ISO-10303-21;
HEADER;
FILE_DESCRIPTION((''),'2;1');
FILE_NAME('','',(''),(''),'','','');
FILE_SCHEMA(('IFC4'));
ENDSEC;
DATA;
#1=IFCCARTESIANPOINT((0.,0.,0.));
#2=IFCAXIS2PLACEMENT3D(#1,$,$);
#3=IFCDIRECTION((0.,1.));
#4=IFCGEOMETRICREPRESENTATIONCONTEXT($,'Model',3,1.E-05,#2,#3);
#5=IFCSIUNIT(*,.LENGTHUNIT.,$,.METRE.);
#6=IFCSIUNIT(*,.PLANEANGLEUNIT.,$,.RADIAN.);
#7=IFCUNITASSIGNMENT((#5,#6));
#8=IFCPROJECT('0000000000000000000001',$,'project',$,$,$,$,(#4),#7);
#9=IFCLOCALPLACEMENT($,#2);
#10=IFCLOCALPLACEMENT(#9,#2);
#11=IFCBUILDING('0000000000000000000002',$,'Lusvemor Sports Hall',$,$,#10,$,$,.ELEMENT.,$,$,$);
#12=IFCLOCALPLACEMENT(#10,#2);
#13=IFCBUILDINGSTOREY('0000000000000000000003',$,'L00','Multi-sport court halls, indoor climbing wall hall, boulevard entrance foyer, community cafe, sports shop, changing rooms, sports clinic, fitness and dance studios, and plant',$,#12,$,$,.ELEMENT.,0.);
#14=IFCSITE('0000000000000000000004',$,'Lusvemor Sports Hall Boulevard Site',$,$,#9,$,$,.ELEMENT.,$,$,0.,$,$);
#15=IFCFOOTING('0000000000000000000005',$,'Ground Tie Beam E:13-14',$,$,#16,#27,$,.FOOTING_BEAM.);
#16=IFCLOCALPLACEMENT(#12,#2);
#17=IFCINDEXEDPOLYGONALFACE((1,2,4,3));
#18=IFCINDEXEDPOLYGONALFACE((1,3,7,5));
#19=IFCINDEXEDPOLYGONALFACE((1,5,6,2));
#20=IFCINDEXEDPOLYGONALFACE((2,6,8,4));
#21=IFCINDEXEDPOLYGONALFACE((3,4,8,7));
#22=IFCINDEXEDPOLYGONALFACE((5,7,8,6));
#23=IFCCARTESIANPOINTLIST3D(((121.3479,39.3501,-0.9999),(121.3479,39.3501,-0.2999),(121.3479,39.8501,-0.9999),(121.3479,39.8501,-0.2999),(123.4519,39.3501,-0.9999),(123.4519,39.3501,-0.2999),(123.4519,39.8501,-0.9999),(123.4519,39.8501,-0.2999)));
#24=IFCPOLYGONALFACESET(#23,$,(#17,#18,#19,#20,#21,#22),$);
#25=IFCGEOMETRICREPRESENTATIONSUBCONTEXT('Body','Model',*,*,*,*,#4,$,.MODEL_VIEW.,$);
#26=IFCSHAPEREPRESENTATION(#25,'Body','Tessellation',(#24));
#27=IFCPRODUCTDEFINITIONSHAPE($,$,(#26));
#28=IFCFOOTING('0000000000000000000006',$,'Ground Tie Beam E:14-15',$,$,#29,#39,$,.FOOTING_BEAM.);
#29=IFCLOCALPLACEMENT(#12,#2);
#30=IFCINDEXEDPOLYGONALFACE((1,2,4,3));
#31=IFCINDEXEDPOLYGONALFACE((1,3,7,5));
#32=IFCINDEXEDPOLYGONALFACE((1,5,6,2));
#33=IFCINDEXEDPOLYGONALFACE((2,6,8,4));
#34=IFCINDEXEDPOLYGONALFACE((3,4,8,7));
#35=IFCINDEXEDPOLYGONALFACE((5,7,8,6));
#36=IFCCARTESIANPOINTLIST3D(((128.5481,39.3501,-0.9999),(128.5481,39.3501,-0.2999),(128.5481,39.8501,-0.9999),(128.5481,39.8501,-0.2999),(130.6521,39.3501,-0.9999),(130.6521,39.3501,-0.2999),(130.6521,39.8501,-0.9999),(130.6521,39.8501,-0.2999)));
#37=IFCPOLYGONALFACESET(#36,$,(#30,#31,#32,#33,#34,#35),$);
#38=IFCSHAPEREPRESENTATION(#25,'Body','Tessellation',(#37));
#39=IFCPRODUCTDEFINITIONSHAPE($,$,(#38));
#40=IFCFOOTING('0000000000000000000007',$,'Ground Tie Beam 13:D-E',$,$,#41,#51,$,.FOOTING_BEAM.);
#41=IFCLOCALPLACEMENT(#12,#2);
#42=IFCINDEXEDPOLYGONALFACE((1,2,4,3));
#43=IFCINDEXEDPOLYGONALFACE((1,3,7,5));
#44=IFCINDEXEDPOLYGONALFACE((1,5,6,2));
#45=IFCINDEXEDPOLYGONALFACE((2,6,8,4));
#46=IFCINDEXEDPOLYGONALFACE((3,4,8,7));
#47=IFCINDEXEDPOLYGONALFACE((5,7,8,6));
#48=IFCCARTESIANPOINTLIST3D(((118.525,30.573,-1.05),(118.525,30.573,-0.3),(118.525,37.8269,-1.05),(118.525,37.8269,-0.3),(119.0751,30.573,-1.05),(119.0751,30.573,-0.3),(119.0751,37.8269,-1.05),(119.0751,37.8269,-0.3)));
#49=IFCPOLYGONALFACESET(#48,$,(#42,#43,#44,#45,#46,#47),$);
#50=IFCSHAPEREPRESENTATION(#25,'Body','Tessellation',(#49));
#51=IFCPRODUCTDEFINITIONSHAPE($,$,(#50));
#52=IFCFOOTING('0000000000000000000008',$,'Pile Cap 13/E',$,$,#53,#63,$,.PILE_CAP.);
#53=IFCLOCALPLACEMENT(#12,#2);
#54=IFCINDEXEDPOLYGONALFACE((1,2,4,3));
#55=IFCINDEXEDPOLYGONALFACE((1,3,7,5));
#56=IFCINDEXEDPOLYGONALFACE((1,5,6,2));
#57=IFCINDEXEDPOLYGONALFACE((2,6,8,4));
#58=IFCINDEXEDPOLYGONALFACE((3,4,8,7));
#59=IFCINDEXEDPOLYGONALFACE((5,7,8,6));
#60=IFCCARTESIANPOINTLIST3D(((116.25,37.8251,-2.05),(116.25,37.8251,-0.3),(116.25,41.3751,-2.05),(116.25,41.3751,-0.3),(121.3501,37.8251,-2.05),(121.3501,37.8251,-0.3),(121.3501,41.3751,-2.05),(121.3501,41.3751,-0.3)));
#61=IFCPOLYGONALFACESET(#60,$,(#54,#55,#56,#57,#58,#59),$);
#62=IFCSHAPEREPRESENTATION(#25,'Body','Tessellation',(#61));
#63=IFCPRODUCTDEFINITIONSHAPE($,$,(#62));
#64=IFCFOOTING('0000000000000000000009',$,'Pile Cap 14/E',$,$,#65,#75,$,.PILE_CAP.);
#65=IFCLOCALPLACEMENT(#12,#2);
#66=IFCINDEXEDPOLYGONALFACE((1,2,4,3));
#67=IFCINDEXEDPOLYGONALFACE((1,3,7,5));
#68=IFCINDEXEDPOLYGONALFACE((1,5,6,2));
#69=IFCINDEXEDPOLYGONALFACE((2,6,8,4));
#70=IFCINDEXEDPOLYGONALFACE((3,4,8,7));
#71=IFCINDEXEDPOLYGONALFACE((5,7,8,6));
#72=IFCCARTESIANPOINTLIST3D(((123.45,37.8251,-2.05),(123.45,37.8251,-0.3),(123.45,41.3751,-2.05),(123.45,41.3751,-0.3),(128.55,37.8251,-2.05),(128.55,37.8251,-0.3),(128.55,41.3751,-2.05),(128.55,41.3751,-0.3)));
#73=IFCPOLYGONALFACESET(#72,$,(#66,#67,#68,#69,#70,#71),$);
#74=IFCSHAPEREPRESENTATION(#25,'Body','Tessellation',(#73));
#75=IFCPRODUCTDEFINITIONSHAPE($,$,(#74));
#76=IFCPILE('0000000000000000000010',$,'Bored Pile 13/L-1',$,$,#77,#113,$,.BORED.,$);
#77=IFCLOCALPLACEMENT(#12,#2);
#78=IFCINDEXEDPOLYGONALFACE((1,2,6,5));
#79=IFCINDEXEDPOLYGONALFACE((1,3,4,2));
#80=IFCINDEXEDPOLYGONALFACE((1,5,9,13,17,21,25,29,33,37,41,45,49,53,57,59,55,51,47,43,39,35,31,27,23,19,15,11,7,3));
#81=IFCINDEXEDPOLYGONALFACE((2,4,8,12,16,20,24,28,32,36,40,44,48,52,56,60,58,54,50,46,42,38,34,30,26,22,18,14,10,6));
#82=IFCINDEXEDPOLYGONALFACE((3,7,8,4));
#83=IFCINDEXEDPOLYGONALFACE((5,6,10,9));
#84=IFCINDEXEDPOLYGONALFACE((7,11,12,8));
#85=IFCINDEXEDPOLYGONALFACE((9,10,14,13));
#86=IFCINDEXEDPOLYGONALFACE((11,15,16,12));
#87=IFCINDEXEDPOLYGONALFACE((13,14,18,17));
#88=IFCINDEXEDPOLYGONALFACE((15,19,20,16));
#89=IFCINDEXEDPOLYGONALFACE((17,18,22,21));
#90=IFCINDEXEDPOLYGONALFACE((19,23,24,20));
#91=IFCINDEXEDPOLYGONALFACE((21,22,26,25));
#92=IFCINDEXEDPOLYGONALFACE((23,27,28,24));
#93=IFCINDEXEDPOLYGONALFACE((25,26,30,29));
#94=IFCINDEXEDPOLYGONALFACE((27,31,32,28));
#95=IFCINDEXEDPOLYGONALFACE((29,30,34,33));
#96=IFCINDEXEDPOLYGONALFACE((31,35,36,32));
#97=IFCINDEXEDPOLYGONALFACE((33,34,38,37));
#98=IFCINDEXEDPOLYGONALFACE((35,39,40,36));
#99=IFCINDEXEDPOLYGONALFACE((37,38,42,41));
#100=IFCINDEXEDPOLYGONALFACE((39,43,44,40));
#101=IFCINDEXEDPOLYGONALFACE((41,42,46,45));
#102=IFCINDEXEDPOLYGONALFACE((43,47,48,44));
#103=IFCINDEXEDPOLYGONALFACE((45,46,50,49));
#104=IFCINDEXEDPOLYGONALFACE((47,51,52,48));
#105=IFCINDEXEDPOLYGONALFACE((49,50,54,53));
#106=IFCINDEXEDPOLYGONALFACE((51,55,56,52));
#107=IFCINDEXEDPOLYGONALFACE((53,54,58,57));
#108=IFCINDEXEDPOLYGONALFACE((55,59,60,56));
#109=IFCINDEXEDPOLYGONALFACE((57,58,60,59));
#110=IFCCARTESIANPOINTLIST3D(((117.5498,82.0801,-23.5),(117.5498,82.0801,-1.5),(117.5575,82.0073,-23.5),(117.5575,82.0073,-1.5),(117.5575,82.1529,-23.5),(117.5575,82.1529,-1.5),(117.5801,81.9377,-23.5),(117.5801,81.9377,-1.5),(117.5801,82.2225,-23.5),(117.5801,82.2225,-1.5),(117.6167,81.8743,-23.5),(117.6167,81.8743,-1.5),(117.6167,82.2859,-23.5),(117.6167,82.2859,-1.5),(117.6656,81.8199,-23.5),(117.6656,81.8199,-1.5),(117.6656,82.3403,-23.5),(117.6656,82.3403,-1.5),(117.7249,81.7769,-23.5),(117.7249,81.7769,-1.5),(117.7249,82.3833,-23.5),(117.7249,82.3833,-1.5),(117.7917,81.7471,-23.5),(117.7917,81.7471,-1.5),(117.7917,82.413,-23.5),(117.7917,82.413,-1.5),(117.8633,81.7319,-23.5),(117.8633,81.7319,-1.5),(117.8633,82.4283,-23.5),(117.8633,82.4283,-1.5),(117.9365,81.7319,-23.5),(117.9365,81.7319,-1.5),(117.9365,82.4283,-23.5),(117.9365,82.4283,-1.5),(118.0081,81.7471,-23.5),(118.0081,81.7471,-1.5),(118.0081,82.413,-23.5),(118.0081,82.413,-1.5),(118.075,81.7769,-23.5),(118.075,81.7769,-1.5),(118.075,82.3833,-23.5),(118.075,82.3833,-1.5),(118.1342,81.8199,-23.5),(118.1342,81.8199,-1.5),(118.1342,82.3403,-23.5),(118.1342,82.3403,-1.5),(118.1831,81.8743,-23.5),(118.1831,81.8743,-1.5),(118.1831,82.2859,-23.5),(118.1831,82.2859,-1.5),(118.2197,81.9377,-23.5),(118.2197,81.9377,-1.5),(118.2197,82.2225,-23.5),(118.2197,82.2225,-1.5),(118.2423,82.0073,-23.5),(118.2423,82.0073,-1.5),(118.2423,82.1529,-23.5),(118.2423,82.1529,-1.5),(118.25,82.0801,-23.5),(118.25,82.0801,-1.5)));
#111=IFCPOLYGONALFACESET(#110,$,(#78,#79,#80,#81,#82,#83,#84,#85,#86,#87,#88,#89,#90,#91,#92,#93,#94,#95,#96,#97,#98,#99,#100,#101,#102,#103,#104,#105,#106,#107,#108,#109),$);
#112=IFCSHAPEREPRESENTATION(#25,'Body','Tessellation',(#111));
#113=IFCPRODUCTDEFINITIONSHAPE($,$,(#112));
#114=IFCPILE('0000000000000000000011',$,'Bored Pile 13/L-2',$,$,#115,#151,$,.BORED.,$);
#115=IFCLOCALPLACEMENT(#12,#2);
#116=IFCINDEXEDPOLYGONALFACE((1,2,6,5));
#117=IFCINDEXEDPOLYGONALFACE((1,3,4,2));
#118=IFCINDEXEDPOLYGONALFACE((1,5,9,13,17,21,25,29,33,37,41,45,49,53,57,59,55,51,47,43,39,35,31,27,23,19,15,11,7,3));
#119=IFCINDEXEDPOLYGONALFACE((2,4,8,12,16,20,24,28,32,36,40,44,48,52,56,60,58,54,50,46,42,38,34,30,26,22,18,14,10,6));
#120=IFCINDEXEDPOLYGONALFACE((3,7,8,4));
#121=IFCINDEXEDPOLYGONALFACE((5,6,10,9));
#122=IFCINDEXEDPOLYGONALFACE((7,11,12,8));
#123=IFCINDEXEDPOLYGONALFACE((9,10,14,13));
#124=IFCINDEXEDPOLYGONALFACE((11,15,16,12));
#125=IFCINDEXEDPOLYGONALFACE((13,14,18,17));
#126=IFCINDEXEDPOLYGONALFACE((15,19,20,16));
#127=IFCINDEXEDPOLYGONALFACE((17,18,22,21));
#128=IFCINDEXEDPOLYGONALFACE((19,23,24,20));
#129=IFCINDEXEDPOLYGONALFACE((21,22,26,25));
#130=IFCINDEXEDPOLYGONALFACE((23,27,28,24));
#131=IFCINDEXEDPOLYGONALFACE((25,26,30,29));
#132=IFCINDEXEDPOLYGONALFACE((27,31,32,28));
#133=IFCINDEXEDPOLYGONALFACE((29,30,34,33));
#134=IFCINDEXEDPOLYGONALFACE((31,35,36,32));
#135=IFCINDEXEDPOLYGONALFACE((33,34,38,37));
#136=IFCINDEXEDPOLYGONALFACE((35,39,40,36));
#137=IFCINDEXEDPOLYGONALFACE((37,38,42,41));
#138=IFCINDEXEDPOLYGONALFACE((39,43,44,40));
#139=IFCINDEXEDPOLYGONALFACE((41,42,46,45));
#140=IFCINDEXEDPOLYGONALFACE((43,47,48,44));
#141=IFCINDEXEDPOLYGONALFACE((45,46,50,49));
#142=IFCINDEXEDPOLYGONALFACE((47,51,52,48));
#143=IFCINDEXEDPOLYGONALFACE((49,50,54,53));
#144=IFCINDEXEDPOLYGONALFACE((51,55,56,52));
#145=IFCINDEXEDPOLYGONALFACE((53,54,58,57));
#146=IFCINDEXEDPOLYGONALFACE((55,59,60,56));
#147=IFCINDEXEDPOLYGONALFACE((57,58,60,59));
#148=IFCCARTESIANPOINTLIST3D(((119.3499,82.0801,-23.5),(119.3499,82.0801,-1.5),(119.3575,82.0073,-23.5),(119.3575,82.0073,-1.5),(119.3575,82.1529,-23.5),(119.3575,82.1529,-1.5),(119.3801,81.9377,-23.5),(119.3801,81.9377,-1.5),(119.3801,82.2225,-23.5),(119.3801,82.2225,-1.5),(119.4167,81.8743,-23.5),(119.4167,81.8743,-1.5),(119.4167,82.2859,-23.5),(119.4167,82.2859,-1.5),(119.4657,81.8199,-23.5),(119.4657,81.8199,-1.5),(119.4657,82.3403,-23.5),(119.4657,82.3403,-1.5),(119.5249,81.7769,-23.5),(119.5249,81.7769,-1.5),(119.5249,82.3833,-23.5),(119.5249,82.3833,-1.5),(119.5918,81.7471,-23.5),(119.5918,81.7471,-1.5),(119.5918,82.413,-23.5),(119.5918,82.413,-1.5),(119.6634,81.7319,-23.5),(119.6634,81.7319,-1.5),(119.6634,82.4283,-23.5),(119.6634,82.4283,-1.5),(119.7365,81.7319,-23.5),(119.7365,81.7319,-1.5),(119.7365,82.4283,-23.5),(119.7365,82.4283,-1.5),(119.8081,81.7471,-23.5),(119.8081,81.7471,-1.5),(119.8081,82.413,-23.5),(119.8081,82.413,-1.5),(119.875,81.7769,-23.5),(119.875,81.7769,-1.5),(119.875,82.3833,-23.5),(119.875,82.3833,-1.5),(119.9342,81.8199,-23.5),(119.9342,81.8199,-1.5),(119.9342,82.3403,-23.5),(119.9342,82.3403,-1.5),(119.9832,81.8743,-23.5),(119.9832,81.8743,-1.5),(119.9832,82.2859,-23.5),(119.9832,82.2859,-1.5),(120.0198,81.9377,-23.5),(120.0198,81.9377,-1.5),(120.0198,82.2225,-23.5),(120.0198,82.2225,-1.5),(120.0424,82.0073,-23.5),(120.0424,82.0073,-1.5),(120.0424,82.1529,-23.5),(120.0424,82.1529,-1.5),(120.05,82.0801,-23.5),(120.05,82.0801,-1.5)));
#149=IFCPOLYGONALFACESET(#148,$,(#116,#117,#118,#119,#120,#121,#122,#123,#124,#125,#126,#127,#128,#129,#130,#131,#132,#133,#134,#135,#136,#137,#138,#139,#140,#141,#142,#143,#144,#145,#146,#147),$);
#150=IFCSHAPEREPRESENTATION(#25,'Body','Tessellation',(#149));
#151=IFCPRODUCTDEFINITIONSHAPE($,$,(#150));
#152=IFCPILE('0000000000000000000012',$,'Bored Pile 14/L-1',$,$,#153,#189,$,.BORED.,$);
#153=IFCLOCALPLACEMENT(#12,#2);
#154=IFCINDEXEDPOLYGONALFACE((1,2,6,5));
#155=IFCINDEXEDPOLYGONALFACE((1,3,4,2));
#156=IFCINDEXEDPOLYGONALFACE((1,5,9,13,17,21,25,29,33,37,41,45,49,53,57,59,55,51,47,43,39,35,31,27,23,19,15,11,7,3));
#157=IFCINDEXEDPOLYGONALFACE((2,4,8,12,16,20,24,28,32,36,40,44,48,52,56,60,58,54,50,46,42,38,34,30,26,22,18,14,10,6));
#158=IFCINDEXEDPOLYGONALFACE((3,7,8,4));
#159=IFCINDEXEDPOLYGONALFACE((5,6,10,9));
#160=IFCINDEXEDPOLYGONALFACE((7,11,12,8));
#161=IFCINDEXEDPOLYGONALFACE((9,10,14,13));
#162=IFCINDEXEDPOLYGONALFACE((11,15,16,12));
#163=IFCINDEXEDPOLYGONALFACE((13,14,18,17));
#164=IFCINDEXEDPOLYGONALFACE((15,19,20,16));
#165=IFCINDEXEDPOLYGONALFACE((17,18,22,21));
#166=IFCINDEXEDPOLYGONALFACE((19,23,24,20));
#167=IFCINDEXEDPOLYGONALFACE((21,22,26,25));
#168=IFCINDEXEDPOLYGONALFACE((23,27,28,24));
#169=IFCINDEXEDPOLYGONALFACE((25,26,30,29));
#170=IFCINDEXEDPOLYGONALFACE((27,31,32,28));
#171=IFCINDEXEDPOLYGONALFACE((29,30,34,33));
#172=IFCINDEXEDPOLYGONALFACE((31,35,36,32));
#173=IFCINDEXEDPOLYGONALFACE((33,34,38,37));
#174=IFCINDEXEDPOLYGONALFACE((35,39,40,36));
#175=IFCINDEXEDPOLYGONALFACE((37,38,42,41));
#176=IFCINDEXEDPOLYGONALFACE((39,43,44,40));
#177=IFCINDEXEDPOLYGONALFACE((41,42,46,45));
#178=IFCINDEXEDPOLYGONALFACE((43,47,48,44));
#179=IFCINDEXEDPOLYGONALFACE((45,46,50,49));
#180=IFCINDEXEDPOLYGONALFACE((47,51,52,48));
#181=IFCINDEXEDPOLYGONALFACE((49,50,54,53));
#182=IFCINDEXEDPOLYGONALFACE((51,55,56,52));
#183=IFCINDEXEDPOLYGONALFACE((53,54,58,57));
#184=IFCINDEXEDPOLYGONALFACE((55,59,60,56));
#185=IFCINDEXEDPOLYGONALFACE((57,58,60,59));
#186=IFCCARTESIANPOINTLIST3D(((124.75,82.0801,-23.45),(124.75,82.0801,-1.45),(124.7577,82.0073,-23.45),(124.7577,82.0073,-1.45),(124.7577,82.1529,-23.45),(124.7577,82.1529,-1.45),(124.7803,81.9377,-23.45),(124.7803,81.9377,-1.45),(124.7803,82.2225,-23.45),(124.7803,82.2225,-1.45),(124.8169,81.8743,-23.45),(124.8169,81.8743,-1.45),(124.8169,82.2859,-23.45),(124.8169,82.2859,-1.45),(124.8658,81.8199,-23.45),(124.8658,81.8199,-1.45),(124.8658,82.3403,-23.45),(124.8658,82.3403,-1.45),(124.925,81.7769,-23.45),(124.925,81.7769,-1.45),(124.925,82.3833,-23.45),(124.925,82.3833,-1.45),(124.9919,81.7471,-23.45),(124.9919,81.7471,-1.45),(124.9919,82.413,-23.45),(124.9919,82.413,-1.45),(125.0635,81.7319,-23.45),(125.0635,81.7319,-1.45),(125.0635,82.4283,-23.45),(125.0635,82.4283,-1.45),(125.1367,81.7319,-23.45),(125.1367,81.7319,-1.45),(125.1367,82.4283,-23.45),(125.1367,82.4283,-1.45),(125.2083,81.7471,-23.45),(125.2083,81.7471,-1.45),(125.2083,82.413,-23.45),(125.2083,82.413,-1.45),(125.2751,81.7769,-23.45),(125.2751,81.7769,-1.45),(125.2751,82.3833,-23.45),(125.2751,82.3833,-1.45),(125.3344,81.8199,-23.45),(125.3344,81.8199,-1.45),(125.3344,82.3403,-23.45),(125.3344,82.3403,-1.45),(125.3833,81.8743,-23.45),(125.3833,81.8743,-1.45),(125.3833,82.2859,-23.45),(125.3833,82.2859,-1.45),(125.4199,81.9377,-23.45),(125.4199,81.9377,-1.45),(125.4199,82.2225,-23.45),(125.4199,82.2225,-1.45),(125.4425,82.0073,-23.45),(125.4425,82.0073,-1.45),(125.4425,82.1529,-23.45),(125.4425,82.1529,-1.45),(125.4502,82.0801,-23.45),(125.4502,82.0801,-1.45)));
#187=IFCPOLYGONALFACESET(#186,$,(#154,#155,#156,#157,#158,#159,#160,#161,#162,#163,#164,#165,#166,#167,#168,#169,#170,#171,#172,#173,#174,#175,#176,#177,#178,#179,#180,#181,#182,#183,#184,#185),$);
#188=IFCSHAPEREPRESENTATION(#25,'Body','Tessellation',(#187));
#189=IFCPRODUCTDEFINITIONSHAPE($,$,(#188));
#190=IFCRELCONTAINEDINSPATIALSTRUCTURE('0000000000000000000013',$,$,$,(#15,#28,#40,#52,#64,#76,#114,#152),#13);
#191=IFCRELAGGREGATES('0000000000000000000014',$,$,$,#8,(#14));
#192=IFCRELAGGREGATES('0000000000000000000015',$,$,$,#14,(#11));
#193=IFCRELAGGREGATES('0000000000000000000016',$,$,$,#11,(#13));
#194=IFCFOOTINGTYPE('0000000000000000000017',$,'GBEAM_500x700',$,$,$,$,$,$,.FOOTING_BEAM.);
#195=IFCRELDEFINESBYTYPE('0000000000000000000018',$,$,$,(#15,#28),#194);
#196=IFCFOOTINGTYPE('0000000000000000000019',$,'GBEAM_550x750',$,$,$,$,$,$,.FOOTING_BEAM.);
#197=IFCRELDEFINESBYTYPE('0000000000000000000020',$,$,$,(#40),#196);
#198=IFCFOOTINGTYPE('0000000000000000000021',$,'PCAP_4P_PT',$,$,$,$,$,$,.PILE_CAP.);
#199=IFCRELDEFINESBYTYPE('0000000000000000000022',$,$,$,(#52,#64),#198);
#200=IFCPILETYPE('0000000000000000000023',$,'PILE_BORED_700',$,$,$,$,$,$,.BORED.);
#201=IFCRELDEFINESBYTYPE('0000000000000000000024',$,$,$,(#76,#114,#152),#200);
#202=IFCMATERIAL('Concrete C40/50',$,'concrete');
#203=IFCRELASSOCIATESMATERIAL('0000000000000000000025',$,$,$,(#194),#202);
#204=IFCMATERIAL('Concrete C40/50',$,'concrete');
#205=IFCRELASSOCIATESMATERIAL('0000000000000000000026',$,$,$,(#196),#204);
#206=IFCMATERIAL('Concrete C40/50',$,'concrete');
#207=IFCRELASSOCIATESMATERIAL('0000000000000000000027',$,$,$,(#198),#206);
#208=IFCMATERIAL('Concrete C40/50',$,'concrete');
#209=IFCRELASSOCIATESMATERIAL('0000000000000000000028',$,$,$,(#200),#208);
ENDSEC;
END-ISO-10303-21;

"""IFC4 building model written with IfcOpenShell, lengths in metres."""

from ifc_helpers import new_model, si_unit, direction, frame, origin, origin_2d, place, context, subcontext, project, spatial, rectangle, circle, extrude, material, material_profile, profile_set, type_object, element, save


model = new_model("IFC4")

# Units and contexts
model_context = context("Model", 3, precision=1e-05, world=origin(), true_north=direction((0.0, 1.0)))
body_context = subcontext(model_context, "Body", "Model", "MODEL_VIEW")
ifc_project = project(units=[si_unit("LENGTHUNIT", "METRE"), si_unit("PLANEANGLEUNIT", "RADIAN")], contexts=[model_context])

# Site, building, storey
site_placement = place(None, origin())
site = spatial("IfcSite", under=ifc_project, at=site_placement, Name="Lusvemor Sports Hall Boulevard Site", CompositionType="ELEMENT", RefElevation=0.0)
building_placement = place(site_placement, origin())
building = spatial("IfcBuilding", under=site, at=building_placement, Name="Lusvemor Sports Hall", CompositionType="ELEMENT")
storey_placement = place(building_placement, origin())
storey = spatial("IfcBuildingStorey", under=building, at=storey_placement, Name="L00", Description="Multi-sport court halls, indoor climbing wall hall, boulevard entrance foyer, community cafe, sports shop, changing rooms, sports clinic, fitness and dance studios, and plant", CompositionType="ELEMENT", Elevation=0.0)

# Footings
ifc_material_1 = material(Name="Concrete C40/50", Category="concrete")
ifc_material_profile_1 = material_profile(ifc_material_1, rectangle(XDim=0.5, YDim=0.7, at=origin_2d()), Name="GB_500x700")
ifc_profile_set_1 = profile_set([ifc_material_profile_1], Name="Concrete C40/50")
footing_type_1 = type_object("IfcFootingType", Name="GBEAM_500x700", PredefinedType="FOOTING_BEAM", material=ifc_profile_set_1)
for number, where, z_axis, x_axis, name in (
    (1, (121.3479, 39.6001, -0.6499), (1.0, 0.0, 0.0), (0.0, 1.0, 0.0), "Ground Tie Beam E:13-14"),
    (2, (128.5481, 39.6001, -0.6499), (1.0, 0.0, 0.0), (0.0, 1.0, 0.0), "Ground Tie Beam E:14-15"),
):
    element("IfcFooting", number, at=place(storey_placement, frame(where, z_axis=z_axis, x_axis=x_axis)), inside=storey, type_object=footing_type_1, Name=name, PredefinedType="FOOTING_BEAM", context=body_context, shape_type="SweptSolid", body=[
        extrude(rectangle(XDim=0.5, YDim=0.7, at=origin_2d()), origin(), (0.0, 0.0, 1.0), 2.104),
    ])
ifc_material_2 = material(Name="Concrete C40/50", Category="concrete")
ifc_material_profile_2 = material_profile(ifc_material_2, rectangle(XDim=0.55, YDim=0.75, at=origin_2d()), Name="GB_550x750")
ifc_profile_set_2 = profile_set([ifc_material_profile_2], Name="Concrete C40/50")
footing_type_2 = type_object("IfcFootingType", Name="GBEAM_550x750", PredefinedType="FOOTING_BEAM", material=ifc_profile_set_2)
footing_placement = place(storey_placement, frame((118.8, 30.573, -0.675), z_axis=(0.0, 1.0, 0.0), x_axis=(-1.0, 0.0, 0.0)))
element("IfcFooting", 3, at=footing_placement, inside=storey, type_object=footing_type_2, Name="Ground Tie Beam 13:D-E", PredefinedType="FOOTING_BEAM", context=body_context, shape_type="SweptSolid", body=[
    extrude(rectangle(XDim=0.55, YDim=0.75, at=origin_2d()), origin(), (0.0, 0.0, 1.0), 7.2539),
])
ifc_material_3 = material(Name="Concrete C40/50", Category="concrete")
footing_type_3 = type_object("IfcFootingType", Name="PCAP_4P_PT", PredefinedType="PILE_CAP", material=ifc_material_3)
for number, where, z_axis, x_axis, name in (
    (4, (118.8, 39.6001, -2.05), (0.0, 0.0, 1.0), (1.0, 0.0, 0.0), "Pile Cap 13/E"),
    (5, (126.0, 39.6001, -2.05), (0.0, 0.0, 1.0), (1.0, 0.0, 0.0), "Pile Cap 14/E"),
):
    element("IfcFooting", number, at=place(storey_placement, frame(where, z_axis=z_axis, x_axis=x_axis)), inside=storey, type_object=footing_type_3, Name=name, PredefinedType="PILE_CAP", context=body_context, shape_type="SweptSolid", body=[
        extrude(rectangle(XDim=5.1001, YDim=3.55, at=origin_2d()), origin(), (0.0, 0.0, 1.0), 1.75),
    ])

# Piles
ifc_material_4 = material(Name="Concrete C40/50", Category="concrete")
ifc_material_profile_3 = material_profile(ifc_material_4, circle(Radius=0.3501, at=origin_2d()), Name="PILE700")
ifc_profile_set_3 = profile_set([ifc_material_profile_3], Name="Concrete C40/50")
pile_type_1 = type_object("IfcPileType", Name="PILE_BORED_700", PredefinedType="BORED", material=ifc_profile_set_3)
for number, where, z_axis, x_axis, name in (
    (6, (117.8999, 82.0801, -1.5), (0.0, 0.0, -1.0), (1.0, 0.0, 0.0), "Bored Pile 13/L-1"),
    (7, (119.7, 82.0801, -1.5), (0.0, 0.0, -1.0), (1.0, 0.0, 0.0), "Bored Pile 13/L-2"),
    (8, (125.1001, 82.0801, -1.45), (0.0, 0.0, -1.0), (1.0, 0.0, 0.0), "Bored Pile 14/L-1"),
):
    element("IfcPile", number, at=place(storey_placement, frame(where, z_axis=z_axis, x_axis=x_axis)), inside=storey, type_object=pile_type_1, Name=name, PredefinedType="BORED", context=body_context, shape_type="SweptSolid", body=[
        extrude(circle(Radius=0.3501, at=origin_2d()), origin(), (0.0, 0.0, 1.0), 22.0),
    ])

save(model, "model.ifc")
